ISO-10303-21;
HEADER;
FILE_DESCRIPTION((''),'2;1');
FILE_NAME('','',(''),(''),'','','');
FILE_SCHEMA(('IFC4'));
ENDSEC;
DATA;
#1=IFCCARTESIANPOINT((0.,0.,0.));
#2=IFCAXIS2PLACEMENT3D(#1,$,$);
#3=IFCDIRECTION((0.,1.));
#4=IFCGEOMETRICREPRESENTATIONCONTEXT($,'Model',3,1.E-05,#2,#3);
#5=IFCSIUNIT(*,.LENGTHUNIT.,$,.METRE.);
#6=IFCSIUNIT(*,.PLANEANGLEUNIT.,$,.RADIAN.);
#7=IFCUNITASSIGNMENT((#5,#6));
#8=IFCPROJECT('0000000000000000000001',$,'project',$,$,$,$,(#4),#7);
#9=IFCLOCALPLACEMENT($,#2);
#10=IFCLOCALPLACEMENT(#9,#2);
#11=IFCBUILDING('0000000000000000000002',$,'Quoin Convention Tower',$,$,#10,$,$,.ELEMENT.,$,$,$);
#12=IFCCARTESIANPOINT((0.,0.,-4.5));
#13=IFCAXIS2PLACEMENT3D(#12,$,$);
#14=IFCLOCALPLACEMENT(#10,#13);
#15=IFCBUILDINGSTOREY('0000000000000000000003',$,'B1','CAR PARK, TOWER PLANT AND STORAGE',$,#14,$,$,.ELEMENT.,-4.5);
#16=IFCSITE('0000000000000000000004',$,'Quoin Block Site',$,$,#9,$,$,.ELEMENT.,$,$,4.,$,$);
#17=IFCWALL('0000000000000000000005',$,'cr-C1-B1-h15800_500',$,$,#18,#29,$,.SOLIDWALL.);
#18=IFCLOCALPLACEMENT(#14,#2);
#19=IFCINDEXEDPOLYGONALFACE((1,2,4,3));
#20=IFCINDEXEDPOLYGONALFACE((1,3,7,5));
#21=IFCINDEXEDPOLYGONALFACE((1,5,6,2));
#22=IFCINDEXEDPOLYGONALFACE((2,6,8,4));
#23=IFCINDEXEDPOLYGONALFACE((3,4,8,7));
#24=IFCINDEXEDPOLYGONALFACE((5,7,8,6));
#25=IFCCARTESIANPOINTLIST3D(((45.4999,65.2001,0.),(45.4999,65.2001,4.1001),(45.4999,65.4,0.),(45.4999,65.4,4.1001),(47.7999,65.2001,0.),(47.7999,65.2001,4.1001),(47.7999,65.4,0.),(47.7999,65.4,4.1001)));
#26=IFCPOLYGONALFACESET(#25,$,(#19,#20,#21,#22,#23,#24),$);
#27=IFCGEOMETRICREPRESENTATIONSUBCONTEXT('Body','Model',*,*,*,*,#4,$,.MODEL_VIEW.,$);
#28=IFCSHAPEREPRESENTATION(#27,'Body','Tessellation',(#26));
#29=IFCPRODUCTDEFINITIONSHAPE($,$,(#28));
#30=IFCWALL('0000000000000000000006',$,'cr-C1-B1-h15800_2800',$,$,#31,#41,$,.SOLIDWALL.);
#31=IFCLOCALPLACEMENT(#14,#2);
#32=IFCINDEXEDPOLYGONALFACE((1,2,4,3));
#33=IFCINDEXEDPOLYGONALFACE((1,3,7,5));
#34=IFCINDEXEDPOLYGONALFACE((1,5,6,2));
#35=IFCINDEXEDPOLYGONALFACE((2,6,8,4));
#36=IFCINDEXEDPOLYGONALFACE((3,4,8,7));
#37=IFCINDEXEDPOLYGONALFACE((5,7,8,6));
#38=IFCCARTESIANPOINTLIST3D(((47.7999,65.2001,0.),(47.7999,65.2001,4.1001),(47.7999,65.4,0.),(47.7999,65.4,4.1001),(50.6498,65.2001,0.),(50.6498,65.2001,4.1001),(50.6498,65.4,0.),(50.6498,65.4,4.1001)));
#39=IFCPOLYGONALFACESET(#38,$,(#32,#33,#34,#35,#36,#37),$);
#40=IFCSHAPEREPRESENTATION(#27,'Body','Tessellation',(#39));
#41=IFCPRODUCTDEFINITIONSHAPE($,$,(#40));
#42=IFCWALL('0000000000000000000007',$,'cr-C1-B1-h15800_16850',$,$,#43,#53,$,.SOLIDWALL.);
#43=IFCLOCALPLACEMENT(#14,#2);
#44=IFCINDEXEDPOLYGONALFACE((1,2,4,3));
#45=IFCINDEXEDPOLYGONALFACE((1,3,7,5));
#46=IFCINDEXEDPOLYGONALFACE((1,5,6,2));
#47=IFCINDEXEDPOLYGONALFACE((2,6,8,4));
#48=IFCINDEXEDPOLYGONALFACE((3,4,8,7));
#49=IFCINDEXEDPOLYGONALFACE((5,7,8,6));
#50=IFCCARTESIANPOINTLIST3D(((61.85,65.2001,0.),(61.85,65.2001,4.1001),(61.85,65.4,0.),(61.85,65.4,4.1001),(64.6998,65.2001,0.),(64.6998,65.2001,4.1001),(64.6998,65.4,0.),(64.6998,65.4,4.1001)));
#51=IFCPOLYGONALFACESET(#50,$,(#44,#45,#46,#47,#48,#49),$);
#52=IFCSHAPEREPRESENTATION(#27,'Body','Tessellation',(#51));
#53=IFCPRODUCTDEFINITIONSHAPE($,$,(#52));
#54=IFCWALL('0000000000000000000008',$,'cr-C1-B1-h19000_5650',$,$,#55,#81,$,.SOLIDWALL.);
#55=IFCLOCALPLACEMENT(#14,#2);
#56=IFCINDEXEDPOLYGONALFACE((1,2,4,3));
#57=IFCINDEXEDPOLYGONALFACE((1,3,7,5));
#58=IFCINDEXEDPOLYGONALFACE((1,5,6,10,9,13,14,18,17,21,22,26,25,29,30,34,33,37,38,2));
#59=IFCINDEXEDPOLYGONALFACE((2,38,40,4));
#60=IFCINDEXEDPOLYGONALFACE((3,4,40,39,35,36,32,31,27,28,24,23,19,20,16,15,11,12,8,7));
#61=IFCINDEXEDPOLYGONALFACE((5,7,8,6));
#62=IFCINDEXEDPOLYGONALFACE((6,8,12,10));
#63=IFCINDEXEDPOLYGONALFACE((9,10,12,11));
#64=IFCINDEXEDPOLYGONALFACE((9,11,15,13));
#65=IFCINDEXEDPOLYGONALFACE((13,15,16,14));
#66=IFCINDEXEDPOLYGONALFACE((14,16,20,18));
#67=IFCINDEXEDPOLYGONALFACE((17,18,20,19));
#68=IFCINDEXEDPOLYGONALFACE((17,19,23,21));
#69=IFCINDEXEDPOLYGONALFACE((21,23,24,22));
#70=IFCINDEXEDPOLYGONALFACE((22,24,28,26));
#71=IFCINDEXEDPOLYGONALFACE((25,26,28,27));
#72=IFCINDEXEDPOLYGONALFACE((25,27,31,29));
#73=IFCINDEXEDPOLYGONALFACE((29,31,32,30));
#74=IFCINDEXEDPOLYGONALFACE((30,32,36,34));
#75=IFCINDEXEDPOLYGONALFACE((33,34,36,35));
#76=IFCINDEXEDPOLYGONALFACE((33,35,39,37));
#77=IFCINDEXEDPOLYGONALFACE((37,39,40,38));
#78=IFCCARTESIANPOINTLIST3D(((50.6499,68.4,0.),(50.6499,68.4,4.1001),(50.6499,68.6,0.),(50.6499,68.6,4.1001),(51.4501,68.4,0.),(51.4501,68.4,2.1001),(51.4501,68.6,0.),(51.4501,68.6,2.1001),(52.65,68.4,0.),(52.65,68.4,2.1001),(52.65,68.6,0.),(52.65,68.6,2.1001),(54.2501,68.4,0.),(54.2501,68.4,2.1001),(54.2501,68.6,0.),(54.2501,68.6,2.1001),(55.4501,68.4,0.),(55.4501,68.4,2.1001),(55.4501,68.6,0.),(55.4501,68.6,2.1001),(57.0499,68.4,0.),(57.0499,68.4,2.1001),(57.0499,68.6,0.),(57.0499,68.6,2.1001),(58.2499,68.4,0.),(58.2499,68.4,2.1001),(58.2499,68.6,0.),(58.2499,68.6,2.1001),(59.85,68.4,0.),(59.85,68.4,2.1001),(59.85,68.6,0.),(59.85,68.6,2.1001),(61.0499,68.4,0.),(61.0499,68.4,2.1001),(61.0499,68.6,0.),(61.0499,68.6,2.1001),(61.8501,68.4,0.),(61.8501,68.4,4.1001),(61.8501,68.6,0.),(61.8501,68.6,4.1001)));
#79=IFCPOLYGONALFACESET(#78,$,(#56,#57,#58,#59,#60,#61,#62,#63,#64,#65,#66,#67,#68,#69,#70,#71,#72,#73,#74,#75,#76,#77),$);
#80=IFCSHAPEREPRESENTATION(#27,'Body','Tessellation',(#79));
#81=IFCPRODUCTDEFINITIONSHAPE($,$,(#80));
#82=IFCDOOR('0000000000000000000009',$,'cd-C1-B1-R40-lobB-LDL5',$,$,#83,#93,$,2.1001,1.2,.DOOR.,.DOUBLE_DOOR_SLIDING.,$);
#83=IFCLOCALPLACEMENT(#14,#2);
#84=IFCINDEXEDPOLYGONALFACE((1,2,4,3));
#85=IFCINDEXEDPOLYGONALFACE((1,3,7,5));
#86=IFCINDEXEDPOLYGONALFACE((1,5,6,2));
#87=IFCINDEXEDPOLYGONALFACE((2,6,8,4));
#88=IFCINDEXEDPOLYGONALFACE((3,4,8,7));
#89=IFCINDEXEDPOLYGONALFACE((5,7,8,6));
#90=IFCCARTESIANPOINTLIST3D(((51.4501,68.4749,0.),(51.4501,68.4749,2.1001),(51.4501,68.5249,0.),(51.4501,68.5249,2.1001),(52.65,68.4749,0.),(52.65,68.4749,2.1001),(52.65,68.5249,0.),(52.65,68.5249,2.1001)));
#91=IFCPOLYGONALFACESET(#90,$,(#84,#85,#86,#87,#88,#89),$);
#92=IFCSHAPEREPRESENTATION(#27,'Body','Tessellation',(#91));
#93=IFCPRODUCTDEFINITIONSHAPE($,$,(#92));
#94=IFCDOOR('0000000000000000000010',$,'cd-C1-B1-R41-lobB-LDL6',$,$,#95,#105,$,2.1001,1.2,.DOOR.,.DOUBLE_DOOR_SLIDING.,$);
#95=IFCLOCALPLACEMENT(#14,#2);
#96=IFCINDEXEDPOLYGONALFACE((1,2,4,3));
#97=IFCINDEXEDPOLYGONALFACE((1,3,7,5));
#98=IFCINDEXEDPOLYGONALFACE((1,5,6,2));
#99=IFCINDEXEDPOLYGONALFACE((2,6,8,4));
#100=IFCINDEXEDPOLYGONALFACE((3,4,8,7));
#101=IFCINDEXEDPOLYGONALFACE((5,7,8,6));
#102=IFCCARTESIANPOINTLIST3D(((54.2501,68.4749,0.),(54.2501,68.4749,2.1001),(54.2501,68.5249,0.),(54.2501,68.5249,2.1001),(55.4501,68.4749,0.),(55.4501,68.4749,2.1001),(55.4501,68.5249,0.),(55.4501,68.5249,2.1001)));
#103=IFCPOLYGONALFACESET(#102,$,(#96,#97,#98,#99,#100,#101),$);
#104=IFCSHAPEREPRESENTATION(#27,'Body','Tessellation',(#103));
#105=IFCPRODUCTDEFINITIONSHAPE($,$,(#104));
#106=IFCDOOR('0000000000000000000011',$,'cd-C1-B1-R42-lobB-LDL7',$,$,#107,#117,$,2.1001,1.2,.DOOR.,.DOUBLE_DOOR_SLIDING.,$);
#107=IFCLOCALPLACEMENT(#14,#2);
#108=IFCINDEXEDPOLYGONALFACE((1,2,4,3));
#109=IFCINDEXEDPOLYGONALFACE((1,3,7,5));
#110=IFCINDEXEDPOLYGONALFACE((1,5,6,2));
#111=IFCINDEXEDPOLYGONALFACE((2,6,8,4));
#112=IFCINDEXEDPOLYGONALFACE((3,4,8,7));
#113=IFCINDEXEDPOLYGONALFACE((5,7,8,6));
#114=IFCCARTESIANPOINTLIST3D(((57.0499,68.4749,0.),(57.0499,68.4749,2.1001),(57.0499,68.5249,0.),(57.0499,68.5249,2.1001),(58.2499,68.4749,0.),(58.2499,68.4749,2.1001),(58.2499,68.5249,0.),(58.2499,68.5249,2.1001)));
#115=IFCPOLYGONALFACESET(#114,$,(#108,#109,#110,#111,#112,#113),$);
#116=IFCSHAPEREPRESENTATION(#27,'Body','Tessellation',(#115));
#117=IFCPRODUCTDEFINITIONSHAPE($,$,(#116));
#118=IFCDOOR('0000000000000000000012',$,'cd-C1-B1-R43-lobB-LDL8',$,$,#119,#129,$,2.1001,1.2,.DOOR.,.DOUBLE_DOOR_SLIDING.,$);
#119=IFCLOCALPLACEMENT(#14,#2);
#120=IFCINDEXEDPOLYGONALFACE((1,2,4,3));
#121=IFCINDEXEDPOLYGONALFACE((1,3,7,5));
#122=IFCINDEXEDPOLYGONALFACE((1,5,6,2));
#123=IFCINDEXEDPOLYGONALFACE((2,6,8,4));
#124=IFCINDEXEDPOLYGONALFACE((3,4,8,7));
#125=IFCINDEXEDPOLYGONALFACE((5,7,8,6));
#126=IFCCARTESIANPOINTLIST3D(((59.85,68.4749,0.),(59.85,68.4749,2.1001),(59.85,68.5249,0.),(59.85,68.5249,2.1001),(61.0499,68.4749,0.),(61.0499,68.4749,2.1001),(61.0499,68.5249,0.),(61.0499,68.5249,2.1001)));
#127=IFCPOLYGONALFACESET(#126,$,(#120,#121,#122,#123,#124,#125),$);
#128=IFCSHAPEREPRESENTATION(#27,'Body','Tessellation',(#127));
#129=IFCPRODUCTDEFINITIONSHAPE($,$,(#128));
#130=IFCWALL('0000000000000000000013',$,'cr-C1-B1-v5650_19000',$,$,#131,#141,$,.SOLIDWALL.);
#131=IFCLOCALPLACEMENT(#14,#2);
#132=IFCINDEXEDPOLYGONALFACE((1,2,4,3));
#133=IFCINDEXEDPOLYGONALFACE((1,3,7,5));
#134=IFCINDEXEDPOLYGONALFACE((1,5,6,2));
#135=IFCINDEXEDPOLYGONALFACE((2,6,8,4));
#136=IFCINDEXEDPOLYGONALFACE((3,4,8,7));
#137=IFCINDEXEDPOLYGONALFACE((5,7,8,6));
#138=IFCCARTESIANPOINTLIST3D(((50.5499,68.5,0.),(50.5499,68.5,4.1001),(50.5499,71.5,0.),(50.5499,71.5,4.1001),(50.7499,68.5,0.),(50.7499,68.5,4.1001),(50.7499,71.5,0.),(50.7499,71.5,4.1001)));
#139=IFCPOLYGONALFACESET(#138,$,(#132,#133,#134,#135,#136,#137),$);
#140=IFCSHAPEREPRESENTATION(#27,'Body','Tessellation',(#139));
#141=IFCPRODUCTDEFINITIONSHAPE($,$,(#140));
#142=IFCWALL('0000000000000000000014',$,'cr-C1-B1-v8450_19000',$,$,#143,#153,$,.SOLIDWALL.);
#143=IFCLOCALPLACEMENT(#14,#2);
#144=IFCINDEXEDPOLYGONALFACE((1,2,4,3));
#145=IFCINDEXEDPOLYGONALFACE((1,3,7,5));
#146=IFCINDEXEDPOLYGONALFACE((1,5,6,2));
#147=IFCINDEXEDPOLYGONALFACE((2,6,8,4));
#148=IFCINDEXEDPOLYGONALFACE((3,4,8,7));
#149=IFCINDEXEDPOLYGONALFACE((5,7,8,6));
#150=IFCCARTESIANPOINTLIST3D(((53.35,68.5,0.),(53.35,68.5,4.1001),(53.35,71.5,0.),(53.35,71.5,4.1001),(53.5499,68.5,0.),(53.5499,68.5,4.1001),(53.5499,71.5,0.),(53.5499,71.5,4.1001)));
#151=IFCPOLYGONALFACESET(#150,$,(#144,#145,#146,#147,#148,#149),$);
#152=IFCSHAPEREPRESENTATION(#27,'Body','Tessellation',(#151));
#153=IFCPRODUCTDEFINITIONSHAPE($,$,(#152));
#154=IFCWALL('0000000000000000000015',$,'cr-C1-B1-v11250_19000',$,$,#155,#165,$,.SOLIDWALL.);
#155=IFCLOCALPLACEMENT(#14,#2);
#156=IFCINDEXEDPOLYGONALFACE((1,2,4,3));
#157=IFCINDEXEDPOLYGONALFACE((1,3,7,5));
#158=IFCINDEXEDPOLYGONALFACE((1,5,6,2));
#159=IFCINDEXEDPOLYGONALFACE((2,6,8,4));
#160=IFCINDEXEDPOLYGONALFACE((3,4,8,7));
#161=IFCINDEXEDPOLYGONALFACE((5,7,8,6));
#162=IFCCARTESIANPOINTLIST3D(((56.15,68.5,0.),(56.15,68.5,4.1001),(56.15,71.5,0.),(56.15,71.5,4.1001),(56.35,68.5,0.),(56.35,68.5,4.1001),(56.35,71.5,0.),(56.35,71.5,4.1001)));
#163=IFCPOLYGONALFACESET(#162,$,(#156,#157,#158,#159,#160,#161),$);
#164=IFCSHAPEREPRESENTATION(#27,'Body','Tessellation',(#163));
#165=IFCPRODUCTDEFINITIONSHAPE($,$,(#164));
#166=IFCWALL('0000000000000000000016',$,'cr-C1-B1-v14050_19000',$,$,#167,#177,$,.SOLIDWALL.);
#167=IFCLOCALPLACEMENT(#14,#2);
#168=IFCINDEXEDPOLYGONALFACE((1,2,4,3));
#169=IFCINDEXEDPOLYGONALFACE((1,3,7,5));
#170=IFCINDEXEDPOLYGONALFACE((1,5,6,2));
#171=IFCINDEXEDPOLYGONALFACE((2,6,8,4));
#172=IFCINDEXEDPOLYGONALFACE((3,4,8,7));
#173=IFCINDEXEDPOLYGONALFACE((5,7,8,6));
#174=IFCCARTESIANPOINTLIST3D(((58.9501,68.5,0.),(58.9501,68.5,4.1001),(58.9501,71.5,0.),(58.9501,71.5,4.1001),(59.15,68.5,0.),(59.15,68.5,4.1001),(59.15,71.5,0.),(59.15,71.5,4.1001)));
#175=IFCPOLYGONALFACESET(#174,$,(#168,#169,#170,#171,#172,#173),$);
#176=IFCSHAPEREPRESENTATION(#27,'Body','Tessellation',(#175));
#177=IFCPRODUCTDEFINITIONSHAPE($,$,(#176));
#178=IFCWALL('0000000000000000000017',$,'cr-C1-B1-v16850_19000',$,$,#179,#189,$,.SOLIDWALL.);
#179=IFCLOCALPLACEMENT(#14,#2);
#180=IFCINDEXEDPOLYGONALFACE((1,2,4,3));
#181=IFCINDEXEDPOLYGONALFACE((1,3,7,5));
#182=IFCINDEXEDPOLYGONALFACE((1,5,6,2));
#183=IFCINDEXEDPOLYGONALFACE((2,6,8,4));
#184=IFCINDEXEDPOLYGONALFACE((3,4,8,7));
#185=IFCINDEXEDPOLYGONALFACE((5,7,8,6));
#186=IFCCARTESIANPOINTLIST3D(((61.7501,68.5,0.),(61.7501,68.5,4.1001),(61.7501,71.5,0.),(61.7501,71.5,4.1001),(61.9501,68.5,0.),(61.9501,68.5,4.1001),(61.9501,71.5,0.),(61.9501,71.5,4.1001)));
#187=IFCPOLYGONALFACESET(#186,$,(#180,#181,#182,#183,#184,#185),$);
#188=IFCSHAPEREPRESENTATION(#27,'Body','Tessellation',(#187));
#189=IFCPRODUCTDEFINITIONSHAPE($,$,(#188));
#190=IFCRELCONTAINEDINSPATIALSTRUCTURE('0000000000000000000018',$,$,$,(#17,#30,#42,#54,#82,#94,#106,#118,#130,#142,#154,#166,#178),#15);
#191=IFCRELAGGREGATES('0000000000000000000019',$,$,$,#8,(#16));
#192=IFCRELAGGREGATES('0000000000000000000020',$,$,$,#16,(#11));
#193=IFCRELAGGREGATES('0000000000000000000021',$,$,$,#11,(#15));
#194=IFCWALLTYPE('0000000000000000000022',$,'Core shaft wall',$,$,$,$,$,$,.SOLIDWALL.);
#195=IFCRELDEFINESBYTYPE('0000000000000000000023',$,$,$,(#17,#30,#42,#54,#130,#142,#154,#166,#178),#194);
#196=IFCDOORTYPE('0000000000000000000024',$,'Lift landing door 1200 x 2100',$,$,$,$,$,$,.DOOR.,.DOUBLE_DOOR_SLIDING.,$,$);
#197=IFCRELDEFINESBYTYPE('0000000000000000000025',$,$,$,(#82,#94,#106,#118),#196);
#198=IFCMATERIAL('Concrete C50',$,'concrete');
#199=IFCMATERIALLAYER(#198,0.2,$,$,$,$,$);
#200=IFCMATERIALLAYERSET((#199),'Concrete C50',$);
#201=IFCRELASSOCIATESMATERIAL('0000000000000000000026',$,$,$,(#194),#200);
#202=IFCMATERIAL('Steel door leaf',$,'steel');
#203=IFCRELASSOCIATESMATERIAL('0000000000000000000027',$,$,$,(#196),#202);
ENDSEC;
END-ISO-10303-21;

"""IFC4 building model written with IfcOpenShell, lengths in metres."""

from ifc_helpers import new_model, si_unit, direction, frame, frame_2d, origin, place, context, subcontext, project, spatial, rectangle, extrude, material, layer, layer_set, type_object, element, fill, save


model = new_model("IFC4")

# Units and contexts
model_context = context("Model", 3, precision=1e-05, world=origin(), true_north=direction((0.0, 1.0)))
body_context = subcontext(model_context, "Body", "Model", "MODEL_VIEW")
ifc_project = project(units=[si_unit("LENGTHUNIT", "METRE"), si_unit("PLANEANGLEUNIT", "RADIAN")], contexts=[model_context])

# Site, building, storey
site_placement = place(None, origin())
site = spatial("IfcSite", under=ifc_project, at=site_placement, Name="Quoin Block Site", CompositionType="ELEMENT", RefElevation=4.0)
building_placement = place(site_placement, origin())
building = spatial("IfcBuilding", under=site, at=building_placement, Name="Quoin Convention Tower", CompositionType="ELEMENT")
storey_placement = place(building_placement, frame((0.0, 0.0, -4.5)))
storey = spatial("IfcBuildingStorey", under=building, at=storey_placement, Name="B1", Description="CAR PARK, TOWER PLANT AND STORAGE", CompositionType="ELEMENT", Elevation=-4.5)

# Shared definitions
ifc_material_1 = material(Name="Steel door leaf", Category="steel")

# Walls
ifc_material_2 = material(Name="Concrete C50", Category="concrete")
ifc_layer_1 = layer(ifc_material_2, 0.2)
ifc_layer_set_1 = layer_set([ifc_layer_1], Name="Concrete C50")
wall_type_1 = type_object("IfcWallType", Name="Core shaft wall", PredefinedType="SOLIDWALL", material=ifc_layer_set_1)
wall_1_placement = place(storey_placement, frame((45.5, 65.3, 0.0), z_axis=(0.0, 0.0, 1.0), x_axis=(1.0, 0.0, 0.0)))
element("IfcWall", 1, at=wall_1_placement, inside=storey, type_object=wall_type_1, Name="cr-C1-B1-h15800_500", PredefinedType="SOLIDWALL", context=body_context, shape_type="SweptSolid", body=[
    extrude(rectangle(XDim=2.3, YDim=0.2, at=frame_2d((1.1499, 0.0))), origin(), (0.0, 0.0, 1.0), 4.1001),
])
for number, where, z_axis, x_axis, name in (
    (2, (47.8, 65.3, 0.0), (0.0, 0.0, 1.0), (1.0, 0.0, 0.0), "cr-C1-B1-h15800_2800"),
    (3, (61.8501, 65.3, 0.0), (0.0, 0.0, 1.0), (1.0, 0.0, 0.0), "cr-C1-B1-h15800_16850"),
):
    element("IfcWall", number, at=place(storey_placement, frame(where, z_axis=z_axis, x_axis=x_axis)), inside=storey, type_object=wall_type_1, Name=name, PredefinedType="SOLIDWALL", context=body_context, shape_type="SweptSolid", body=[
        extrude(rectangle(XDim=2.8499, YDim=0.2, at=frame_2d((1.4248, 0.0))), origin(), (0.0, 0.0, 1.0), 4.1001),
    ])

# Wall, openings, doors
wall_2_placement = place(storey_placement, frame((50.6499, 68.5, 0.0), z_axis=(0.0, 0.0, 1.0), x_axis=(1.0, 0.0, 0.0)))
wall_2 = element("IfcWall", 4, at=wall_2_placement, inside=storey, type_object=wall_type_1, Name="cr-C1-B1-h19000_5650", PredefinedType="SOLIDWALL", context=body_context, shape_type="SweptSolid", body=[
    extrude(rectangle(XDim=11.2002, YDim=0.2, at=frame_2d((5.6001, 0.0))), origin(), (0.0, 0.0, 1.0), 4.1001),
])
opening_1_placement = place(wall_2_placement, frame((0.8, 0.0, 0.0)))
opening_1 = element("IfcOpeningElement", 5, at=opening_1_placement, cuts=wall_2, PredefinedType="OPENING", context=body_context, shape_type="SweptSolid", body=[
    extrude(rectangle(XDim=1.2, YDim=2.1001, at=frame_2d((0.6001, 1.05))), frame((0.0, 0.1099, 0.0), z_axis=(0.0, -1.0, 0.0), x_axis=(1.0, 0.0, 0.0)), (0.0, 0.0, 1.0), 0.22),
])
opening_2_placement = place(wall_2_placement, frame((3.6001, 0.0, 0.0)))
opening_2 = element("IfcOpeningElement", 6, at=opening_2_placement, cuts=wall_2, PredefinedType="OPENING", context=body_context, shape_type="SweptSolid", body=[
    extrude(rectangle(XDim=1.2, YDim=2.1001, at=frame_2d((0.6001, 1.05))), frame((0.0, 0.1099, 0.0), z_axis=(0.0, -1.0, 0.0), x_axis=(1.0, 0.0, 0.0)), (0.0, 0.0, 1.0), 0.22),
])
opening_3_placement = place(wall_2_placement, frame((6.3999, 0.0, 0.0)))
opening_3 = element("IfcOpeningElement", 7, at=opening_3_placement, cuts=wall_2, PredefinedType="OPENING", context=body_context, shape_type="SweptSolid", body=[
    extrude(rectangle(XDim=1.2, YDim=2.1001, at=frame_2d((0.6001, 1.05))), frame((0.0, 0.1099, 0.0), z_axis=(0.0, -1.0, 0.0), x_axis=(1.0, 0.0, 0.0)), (0.0, 0.0, 1.0), 0.22),
])
opening_4_placement = place(wall_2_placement, frame((9.2, 0.0, 0.0)))
opening_4 = element("IfcOpeningElement", 8, at=opening_4_placement, cuts=wall_2, PredefinedType="OPENING", context=body_context, shape_type="SweptSolid", body=[
    extrude(rectangle(XDim=1.2, YDim=2.1001, at=frame_2d((0.6001, 1.05))), frame((0.0, 0.1099, 0.0), z_axis=(0.0, -1.0, 0.0), x_axis=(1.0, 0.0, 0.0)), (0.0, 0.0, 1.0), 0.22),
])
door_type_1 = type_object("IfcDoorType", Name="Lift landing door 1200 x 2100", OperationType="DOUBLE_DOOR_SLIDING", PredefinedType="DOOR", material=ifc_material_1)
door_1_placement = place(opening_1_placement, origin())
door_1 = element("IfcDoor", 9, at=door_1_placement, inside=storey, type_object=door_type_1, Name="cd-C1-B1-R40-lobB-LDL5", OperationType="DOUBLE_DOOR_SLIDING", OverallHeight=2.1001, OverallWidth=1.2, PredefinedType="DOOR", context=body_context, shape_type="SweptSolid", body=[
    extrude(rectangle(XDim=1.2, YDim=2.1001, at=frame_2d((0.6001, 1.05))), frame((0.0, 0.0249, 0.0), z_axis=(0.0, -1.0, 0.0), x_axis=(1.0, 0.0, 0.0)), (0.0, 0.0, 1.0), 0.05),
])
fill(opening_1, door_1)
door_2_placement = place(opening_2_placement, origin())
door_2 = element("IfcDoor", 10, at=door_2_placement, inside=storey, type_object=door_type_1, Name="cd-C1-B1-R41-lobB-LDL6", OperationType="DOUBLE_DOOR_SLIDING", OverallHeight=2.1001, OverallWidth=1.2, PredefinedType="DOOR", context=body_context, shape_type="SweptSolid", body=[
    extrude(rectangle(XDim=1.2, YDim=2.1001, at=frame_2d((0.6001, 1.05))), frame((0.0, 0.0249, 0.0), z_axis=(0.0, -1.0, 0.0), x_axis=(1.0, 0.0, 0.0)), (0.0, 0.0, 1.0), 0.05),
])
fill(opening_2, door_2)
door_3_placement = place(opening_3_placement, origin())
door_3 = element("IfcDoor", 11, at=door_3_placement, inside=storey, type_object=door_type_1, Name="cd-C1-B1-R42-lobB-LDL7", OperationType="DOUBLE_DOOR_SLIDING", OverallHeight=2.1001, OverallWidth=1.2, PredefinedType="DOOR", context=body_context, shape_type="SweptSolid", body=[
    extrude(rectangle(XDim=1.2, YDim=2.1001, at=frame_2d((0.6001, 1.05))), frame((0.0, 0.0249, 0.0), z_axis=(0.0, -1.0, 0.0), x_axis=(1.0, 0.0, 0.0)), (0.0, 0.0, 1.0), 0.05),
])
fill(opening_3, door_3)
door_4_placement = place(opening_4_placement, origin())
door_4 = element("IfcDoor", 12, at=door_4_placement, inside=storey, type_object=door_type_1, Name="cd-C1-B1-R43-lobB-LDL8", OperationType="DOUBLE_DOOR_SLIDING", OverallHeight=2.1001, OverallWidth=1.2, PredefinedType="DOOR", context=body_context, shape_type="SweptSolid", body=[
    extrude(rectangle(XDim=1.2, YDim=2.1001, at=frame_2d((0.6001, 1.05))), frame((0.0, 0.0249, 0.0), z_axis=(0.0, -1.0, 0.0), x_axis=(1.0, 0.0, 0.0)), (0.0, 0.0, 1.0), 0.05),
])
fill(opening_4, door_4)

# Walls
for number, where, z_axis, x_axis, name in (
    (13, (50.6499, 68.5, 0.0), (0.0, 0.0, 1.0), (0.0, 1.0, 0.0), "cr-C1-B1-v5650_19000"),
    (14, (53.45, 68.5, 0.0), (0.0, 0.0, 1.0), (0.0, 1.0, 0.0), "cr-C1-B1-v8450_19000"),
    (15, (56.25, 68.5, 0.0), (0.0, 0.0, 1.0), (0.0, 1.0, 0.0), "cr-C1-B1-v11250_19000"),
    (16, (59.05, 68.5, 0.0), (0.0, 0.0, 1.0), (0.0, 1.0, 0.0), "cr-C1-B1-v14050_19000"),
    (17, (61.8501, 68.5, 0.0), (0.0, 0.0, 1.0), (0.0, 1.0, 0.0), "cr-C1-B1-v16850_19000"),
):
    element("IfcWall", number, at=place(storey_placement, frame(where, z_axis=z_axis, x_axis=x_axis)), inside=storey, type_object=wall_type_1, Name=name, PredefinedType="SOLIDWALL", context=body_context, shape_type="SweptSolid", body=[
        extrude(rectangle(XDim=3.0, YDim=0.2, at=frame_2d((1.5, 0.0))), origin(), (0.0, 0.0, 1.0), 4.1001),
    ])

save(model, "model.ifc")
